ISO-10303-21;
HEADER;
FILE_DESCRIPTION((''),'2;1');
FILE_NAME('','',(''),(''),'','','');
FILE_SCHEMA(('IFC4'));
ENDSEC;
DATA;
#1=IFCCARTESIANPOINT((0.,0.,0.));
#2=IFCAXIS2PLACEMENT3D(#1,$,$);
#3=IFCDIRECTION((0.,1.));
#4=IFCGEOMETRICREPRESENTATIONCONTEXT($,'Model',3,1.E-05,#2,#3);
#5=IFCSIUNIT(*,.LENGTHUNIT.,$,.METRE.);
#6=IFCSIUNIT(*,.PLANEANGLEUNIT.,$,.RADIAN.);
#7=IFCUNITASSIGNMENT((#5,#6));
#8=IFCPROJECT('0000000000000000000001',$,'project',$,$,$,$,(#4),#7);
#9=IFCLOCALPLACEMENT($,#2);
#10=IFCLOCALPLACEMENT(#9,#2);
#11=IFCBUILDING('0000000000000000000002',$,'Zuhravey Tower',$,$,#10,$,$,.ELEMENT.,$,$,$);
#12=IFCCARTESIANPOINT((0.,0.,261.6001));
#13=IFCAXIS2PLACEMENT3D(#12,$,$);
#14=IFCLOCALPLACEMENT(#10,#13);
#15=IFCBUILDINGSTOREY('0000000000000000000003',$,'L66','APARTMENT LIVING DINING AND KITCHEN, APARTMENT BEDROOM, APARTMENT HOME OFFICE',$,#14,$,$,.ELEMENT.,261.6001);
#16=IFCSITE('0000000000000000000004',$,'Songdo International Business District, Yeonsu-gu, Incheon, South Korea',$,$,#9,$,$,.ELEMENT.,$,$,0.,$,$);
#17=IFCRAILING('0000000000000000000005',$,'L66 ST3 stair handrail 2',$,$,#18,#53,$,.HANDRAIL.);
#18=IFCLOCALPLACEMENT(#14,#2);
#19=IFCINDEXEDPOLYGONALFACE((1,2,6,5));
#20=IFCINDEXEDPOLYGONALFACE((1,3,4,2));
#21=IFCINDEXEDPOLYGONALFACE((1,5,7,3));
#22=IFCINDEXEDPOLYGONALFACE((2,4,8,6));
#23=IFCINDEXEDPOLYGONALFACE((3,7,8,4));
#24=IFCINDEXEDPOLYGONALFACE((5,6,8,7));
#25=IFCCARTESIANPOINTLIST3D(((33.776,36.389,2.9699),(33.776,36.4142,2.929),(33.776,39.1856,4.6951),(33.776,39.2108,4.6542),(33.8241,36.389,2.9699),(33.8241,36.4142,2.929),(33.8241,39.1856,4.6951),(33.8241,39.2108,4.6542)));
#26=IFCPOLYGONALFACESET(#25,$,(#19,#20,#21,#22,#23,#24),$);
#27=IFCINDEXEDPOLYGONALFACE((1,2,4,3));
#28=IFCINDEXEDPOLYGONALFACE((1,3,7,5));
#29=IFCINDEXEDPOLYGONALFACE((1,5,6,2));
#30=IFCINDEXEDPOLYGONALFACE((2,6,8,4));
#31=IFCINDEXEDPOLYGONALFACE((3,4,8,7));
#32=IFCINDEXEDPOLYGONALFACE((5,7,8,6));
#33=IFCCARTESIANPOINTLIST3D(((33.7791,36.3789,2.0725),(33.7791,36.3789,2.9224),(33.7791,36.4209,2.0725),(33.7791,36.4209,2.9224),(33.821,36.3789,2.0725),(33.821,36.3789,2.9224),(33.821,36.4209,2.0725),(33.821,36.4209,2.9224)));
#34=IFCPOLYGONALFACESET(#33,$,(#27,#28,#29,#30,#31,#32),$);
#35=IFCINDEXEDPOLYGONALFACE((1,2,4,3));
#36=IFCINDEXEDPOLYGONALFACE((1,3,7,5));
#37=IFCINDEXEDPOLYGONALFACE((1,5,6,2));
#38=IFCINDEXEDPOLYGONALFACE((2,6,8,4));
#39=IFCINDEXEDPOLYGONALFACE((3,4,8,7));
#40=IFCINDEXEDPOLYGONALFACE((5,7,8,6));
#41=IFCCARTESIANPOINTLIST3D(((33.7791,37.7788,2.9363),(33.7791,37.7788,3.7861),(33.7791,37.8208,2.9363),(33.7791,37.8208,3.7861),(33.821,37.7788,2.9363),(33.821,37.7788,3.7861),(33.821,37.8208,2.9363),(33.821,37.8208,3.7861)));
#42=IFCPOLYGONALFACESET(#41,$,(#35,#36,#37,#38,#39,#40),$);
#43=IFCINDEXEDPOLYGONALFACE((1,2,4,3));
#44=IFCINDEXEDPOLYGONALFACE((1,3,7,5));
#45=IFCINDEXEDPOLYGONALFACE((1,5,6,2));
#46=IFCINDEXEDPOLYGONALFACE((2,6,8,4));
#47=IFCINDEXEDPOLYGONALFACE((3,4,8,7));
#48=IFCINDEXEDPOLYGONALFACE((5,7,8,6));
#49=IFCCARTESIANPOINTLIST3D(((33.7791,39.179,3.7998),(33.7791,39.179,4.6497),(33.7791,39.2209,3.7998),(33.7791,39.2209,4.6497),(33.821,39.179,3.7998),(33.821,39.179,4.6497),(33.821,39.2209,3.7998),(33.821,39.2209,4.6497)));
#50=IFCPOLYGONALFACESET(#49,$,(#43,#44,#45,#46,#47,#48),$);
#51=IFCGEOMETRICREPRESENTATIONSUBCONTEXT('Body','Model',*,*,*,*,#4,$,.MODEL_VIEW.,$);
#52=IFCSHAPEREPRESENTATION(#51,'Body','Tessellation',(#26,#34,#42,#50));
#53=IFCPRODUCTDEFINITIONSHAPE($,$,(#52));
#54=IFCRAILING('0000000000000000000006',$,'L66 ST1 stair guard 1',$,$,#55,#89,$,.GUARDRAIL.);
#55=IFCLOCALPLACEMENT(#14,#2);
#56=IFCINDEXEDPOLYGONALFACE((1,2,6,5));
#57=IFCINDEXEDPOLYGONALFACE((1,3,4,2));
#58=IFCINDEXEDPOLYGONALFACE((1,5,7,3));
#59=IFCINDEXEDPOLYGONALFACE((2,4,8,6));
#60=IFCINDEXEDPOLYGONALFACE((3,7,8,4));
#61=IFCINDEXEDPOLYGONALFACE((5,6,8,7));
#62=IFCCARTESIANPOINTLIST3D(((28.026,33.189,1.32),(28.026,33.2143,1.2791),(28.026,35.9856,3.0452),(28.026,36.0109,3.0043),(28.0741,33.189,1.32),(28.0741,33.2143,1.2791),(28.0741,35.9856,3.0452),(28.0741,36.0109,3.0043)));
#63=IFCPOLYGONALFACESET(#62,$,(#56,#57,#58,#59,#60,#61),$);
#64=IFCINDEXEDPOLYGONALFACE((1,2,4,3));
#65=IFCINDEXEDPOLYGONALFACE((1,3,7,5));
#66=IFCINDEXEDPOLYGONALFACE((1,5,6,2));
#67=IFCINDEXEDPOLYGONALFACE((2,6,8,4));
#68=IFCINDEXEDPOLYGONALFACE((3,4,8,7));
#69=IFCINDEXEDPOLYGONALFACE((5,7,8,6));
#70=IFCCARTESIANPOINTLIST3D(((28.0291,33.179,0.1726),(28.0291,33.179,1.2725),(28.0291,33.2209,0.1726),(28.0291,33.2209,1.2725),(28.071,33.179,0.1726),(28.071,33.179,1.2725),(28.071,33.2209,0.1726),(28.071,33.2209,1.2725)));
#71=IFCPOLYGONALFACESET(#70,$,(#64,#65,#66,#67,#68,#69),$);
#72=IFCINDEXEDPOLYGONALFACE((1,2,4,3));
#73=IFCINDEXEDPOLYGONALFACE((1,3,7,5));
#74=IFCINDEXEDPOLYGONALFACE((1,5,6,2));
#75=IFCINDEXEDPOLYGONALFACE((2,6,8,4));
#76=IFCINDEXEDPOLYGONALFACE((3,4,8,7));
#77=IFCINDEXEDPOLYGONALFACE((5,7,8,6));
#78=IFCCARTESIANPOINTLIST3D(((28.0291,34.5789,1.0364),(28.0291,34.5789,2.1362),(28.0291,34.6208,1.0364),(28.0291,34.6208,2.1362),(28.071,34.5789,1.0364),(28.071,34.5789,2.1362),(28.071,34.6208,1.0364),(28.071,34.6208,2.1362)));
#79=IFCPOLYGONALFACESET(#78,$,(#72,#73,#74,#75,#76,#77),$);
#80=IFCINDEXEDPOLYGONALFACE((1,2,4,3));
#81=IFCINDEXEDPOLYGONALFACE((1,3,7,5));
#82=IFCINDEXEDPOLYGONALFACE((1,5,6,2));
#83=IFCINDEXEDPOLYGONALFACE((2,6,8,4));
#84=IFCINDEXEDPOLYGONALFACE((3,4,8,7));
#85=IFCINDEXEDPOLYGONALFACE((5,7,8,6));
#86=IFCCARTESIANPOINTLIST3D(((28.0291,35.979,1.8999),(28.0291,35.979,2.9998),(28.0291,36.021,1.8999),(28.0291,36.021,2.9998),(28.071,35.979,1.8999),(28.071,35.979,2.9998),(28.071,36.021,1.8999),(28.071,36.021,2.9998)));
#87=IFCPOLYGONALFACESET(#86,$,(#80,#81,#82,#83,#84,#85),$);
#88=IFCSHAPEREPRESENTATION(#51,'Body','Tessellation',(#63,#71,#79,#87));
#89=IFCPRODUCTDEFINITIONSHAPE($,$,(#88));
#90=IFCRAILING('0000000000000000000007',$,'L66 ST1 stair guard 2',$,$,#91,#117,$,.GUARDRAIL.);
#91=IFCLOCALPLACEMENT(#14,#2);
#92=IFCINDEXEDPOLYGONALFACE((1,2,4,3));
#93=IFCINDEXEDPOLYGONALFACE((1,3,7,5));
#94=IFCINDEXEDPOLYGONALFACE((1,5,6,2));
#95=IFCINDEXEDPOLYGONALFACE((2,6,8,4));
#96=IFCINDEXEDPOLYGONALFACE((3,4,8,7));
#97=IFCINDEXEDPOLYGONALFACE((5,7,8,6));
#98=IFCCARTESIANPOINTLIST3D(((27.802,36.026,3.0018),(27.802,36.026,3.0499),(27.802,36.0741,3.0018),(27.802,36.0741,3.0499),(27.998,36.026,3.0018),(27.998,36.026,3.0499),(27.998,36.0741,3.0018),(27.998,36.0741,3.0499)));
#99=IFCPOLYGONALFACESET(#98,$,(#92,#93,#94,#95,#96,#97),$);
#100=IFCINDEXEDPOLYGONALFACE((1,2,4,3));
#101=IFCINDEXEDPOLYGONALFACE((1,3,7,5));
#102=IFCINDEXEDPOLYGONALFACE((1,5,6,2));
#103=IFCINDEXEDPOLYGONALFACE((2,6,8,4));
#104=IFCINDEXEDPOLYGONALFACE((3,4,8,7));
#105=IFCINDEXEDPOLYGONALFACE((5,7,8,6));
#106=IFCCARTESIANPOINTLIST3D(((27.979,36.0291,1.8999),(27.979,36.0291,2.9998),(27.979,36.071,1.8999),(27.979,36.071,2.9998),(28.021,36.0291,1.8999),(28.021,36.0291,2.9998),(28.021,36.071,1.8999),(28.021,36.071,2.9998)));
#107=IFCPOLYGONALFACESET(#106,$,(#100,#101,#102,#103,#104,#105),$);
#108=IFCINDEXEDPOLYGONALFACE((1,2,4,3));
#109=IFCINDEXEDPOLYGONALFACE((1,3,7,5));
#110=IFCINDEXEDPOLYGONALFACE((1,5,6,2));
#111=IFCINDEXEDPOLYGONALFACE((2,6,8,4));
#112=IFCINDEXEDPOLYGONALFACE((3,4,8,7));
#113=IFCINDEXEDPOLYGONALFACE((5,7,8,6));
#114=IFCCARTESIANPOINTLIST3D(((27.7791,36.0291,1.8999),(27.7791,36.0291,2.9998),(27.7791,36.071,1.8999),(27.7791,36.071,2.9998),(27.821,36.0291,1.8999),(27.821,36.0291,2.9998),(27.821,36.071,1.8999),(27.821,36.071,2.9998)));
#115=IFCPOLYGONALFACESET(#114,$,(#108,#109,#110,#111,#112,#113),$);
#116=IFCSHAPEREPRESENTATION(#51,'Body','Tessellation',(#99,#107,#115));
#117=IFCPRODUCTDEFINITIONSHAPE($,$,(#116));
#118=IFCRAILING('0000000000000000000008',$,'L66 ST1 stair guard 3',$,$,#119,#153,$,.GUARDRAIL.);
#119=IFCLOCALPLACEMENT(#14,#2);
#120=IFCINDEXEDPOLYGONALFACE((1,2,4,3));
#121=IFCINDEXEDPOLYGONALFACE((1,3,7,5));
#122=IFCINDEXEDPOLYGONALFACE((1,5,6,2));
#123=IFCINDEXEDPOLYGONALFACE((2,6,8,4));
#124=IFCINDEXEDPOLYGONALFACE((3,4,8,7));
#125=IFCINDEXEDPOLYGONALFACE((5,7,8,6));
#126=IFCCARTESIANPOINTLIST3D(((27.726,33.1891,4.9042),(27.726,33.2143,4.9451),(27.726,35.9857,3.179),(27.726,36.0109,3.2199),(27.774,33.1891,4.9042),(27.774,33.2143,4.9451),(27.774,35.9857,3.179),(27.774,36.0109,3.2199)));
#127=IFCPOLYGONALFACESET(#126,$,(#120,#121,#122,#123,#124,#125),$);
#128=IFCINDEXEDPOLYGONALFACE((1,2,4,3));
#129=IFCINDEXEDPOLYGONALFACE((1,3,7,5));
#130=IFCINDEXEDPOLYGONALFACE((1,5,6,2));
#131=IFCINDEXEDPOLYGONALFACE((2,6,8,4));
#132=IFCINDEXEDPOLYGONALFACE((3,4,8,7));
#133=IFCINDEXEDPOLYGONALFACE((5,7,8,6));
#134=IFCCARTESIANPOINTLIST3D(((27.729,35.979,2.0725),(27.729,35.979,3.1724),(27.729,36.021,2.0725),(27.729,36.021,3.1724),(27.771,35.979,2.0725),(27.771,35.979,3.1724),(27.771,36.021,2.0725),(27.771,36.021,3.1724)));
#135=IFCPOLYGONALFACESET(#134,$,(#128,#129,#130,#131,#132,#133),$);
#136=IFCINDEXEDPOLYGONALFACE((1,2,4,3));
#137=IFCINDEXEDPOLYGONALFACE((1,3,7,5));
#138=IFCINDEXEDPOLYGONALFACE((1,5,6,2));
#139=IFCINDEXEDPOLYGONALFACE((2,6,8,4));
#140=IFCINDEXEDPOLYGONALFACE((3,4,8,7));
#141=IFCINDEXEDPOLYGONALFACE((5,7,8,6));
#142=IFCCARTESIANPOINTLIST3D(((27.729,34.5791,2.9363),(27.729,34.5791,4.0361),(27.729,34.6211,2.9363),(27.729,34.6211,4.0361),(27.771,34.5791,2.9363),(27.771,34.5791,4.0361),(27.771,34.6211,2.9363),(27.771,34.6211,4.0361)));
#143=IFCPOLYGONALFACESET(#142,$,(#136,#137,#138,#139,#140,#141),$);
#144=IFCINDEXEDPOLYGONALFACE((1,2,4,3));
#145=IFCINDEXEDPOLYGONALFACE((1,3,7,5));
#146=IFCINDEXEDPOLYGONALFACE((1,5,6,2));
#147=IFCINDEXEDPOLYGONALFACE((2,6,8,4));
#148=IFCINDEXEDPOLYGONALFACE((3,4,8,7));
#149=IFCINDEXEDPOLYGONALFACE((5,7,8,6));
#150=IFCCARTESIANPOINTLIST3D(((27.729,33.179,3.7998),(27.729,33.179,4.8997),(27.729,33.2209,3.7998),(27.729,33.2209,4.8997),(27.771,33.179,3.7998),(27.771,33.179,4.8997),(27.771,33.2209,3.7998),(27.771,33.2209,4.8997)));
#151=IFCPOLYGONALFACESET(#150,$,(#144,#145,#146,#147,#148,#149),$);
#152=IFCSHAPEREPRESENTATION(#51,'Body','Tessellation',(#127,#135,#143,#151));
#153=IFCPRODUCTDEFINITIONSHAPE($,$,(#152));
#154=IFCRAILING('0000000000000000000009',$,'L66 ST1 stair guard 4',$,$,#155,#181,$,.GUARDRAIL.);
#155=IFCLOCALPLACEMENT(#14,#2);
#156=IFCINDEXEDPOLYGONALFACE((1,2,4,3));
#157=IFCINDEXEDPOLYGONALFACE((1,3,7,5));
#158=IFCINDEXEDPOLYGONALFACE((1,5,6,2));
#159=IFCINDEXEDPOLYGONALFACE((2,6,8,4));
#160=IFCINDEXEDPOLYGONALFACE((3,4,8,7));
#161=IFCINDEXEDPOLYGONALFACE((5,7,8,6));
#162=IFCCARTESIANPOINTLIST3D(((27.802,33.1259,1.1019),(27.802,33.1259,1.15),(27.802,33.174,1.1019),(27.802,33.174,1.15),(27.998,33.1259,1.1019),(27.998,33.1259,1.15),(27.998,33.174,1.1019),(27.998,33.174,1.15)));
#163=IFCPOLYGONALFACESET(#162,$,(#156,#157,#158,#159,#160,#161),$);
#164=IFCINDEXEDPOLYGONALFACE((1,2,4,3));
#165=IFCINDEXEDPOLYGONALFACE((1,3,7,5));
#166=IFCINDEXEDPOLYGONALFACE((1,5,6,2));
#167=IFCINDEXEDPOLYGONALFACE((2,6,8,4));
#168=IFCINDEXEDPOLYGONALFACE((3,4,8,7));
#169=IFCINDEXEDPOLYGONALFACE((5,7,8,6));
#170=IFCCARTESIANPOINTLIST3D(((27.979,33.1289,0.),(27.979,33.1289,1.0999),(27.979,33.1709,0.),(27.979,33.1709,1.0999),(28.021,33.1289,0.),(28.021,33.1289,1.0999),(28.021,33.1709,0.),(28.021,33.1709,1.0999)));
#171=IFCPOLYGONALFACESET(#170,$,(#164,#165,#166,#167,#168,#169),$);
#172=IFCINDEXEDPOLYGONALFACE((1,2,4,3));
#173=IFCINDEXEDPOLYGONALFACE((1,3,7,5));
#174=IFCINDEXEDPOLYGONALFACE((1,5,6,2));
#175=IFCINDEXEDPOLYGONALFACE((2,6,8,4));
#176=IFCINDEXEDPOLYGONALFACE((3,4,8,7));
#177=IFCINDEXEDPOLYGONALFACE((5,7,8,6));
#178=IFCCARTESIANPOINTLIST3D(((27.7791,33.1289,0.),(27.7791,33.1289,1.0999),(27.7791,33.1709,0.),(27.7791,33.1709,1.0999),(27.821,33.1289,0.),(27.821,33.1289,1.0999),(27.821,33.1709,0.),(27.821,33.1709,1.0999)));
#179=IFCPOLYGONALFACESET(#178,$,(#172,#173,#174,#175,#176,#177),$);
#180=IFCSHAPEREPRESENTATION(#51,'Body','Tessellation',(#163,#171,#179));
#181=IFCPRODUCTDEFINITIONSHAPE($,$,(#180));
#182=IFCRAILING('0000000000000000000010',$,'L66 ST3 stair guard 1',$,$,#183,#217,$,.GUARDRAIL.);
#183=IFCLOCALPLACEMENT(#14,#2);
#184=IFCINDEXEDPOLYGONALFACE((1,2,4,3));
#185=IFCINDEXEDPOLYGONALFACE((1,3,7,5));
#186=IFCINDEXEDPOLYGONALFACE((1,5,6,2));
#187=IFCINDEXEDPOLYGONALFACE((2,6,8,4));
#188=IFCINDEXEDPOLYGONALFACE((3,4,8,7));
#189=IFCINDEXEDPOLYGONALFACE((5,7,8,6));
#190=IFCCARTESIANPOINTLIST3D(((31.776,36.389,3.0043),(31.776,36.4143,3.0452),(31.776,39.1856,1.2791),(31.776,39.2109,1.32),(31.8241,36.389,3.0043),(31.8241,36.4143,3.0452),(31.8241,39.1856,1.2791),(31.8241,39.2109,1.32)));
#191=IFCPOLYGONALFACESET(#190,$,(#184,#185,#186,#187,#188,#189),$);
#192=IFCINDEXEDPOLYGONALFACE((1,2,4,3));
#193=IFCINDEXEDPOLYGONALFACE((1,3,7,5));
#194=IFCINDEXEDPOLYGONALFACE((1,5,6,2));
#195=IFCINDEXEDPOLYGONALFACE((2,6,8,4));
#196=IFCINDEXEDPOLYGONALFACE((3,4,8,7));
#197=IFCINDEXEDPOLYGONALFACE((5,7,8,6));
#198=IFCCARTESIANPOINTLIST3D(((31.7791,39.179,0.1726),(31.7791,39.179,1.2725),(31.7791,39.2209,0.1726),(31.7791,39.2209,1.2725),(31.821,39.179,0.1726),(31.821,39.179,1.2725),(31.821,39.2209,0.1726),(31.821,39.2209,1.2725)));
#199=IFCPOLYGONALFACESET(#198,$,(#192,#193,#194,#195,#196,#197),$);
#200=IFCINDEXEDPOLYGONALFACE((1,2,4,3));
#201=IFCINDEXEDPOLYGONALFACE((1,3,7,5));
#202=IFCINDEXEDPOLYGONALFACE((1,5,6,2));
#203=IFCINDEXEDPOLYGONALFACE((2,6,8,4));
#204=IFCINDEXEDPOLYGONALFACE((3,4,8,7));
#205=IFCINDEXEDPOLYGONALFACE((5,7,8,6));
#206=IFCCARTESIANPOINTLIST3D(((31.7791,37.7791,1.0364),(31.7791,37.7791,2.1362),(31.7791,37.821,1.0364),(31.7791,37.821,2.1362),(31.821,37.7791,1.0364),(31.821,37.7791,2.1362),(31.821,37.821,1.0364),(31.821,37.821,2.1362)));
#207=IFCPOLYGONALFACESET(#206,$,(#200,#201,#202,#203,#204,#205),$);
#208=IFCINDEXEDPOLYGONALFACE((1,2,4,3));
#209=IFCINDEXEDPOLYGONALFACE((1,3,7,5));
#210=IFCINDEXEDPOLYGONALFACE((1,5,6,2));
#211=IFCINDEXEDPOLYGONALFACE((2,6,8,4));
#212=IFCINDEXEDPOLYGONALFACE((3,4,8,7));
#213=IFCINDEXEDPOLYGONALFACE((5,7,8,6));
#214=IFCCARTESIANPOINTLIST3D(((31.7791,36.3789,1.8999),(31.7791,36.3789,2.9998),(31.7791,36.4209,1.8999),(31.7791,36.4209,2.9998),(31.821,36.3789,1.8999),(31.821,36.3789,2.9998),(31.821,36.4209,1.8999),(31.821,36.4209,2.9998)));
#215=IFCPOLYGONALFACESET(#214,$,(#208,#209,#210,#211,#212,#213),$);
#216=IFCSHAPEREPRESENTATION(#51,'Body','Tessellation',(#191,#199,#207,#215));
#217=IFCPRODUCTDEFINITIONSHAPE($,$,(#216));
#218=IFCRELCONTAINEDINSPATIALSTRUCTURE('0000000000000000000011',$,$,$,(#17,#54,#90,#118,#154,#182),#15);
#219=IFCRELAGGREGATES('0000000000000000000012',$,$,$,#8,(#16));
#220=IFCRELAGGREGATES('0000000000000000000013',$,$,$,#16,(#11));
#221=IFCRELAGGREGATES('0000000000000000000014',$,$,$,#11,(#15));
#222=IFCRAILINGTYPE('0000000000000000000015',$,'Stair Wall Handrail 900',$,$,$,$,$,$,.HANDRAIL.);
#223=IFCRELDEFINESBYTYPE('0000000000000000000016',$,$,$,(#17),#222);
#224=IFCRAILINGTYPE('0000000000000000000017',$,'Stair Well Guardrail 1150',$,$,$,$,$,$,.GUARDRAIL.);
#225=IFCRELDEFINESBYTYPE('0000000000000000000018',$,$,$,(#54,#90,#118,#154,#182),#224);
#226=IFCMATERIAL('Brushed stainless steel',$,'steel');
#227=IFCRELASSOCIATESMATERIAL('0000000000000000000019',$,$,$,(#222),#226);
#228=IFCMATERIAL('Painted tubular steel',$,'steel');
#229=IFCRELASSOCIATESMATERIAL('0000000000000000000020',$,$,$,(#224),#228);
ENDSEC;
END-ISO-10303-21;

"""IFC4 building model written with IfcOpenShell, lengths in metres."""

from ifc_helpers import new_model, si_unit, direction, frame, origin, origin_2d, place, context, subcontext, project, spatial, rectangle, extrude, material, type_object, element, save


model = new_model("IFC4")

# Units and contexts
model_context = context("Model", 3, precision=1e-05, world=origin(), true_north=direction((0.0, 1.0)))
body_context = subcontext(model_context, "Body", "Model", "MODEL_VIEW")
ifc_project = project(units=[si_unit("LENGTHUNIT", "METRE"), si_unit("PLANEANGLEUNIT", "RADIAN")], contexts=[model_context])

# Site, building, storey
site_placement = place(None, origin())
site = spatial("IfcSite", under=ifc_project, at=site_placement, Name="Songdo International Business District, Yeonsu-gu, Incheon, South Korea", CompositionType="ELEMENT", RefElevation=0.0)
building_placement = place(site_placement, origin())
building = spatial("IfcBuilding", under=site, at=building_placement, Name="Zuhravey Tower", CompositionType="ELEMENT")
storey_placement = place(building_placement, frame((0.0, 0.0, 261.6001)))
storey = spatial("IfcBuildingStorey", under=building, at=storey_placement, Name="L66", Description="APARTMENT LIVING DINING AND KITCHEN, APARTMENT BEDROOM, APARTMENT HOME OFFICE", CompositionType="ELEMENT", Elevation=261.6001)

# Railings
ifc_material_1 = material(Name="Brushed stainless steel", Category="steel")
railing_type_1 = type_object("IfcRailingType", Name="Stair Wall Handrail 900", PredefinedType="HANDRAIL", material=ifc_material_1)
railing_1_placement = place(storey_placement, frame((33.8, 36.3999, 2.0725)))
element("IfcRailing", 1, at=railing_1_placement, inside=storey, type_object=railing_type_1, Name="L66 ST3 stair handrail 2", PredefinedType="HANDRAIL", context=body_context, shape_type="SweptSolid", body=[
    extrude(rectangle(XDim=0.0481, YDim=0.0481, at=origin_2d()), frame((0.0, 0.0017, 0.877), z_axis=(0.0, 0.85109, 0.52502), x_axis=(-1.0, 0.0, 0.0)), (0.0, 0.0, 1.0), 3.2859),
    extrude(rectangle(XDim=0.042, YDim=0.042, at=origin_2d()), origin(), (0.0, 0.0, 1.0), 0.8499),
    extrude(rectangle(XDim=0.042, YDim=0.042, at=origin_2d()), frame((0.0, 1.3999, 0.8638)), (0.0, 0.0, 1.0), 0.8499),
    extrude(rectangle(XDim=0.042, YDim=0.042, at=origin_2d()), frame((0.0, 2.8, 1.7273)), (0.0, 0.0, 1.0), 0.8499),
])
ifc_material_2 = material(Name="Painted tubular steel", Category="steel")
railing_type_2 = type_object("IfcRailingType", Name="Stair Well Guardrail 1150", PredefinedType="GUARDRAIL", material=ifc_material_2)
railing_2_placement = place(storey_placement, frame((28.05, 33.2, 0.1726)))
element("IfcRailing", 2, at=railing_2_placement, inside=storey, type_object=railing_type_2, Name="L66 ST1 stair guard 1", PredefinedType="GUARDRAIL", context=body_context, shape_type="SweptSolid", body=[
    extrude(rectangle(XDim=0.0481, YDim=0.0481, at=origin_2d()), frame((0.0, 0.0017, 1.127), z_axis=(0.0, 0.85109, 0.52502), x_axis=(-1.0, 0.0, 0.0)), (0.0, 0.0, 1.0), 3.2859),
    extrude(rectangle(XDim=0.042, YDim=0.042, at=origin_2d()), origin(), (0.0, 0.0, 1.0), 1.0999),
    extrude(rectangle(XDim=0.042, YDim=0.042, at=origin_2d()), frame((0.0, 1.3999, 0.8638)), (0.0, 0.0, 1.0), 1.0999),
    extrude(rectangle(XDim=0.042, YDim=0.042, at=origin_2d()), frame((0.0, 2.8, 1.7273)), (0.0, 0.0, 1.0), 1.0999),
])
railing_3_placement = place(storey_placement, frame((28.0, 36.05, 1.8999)))
element("IfcRailing", 3, at=railing_3_placement, inside=storey, type_object=railing_type_2, Name="L66 ST1 stair guard 2", PredefinedType="GUARDRAIL", context=body_context, shape_type="SweptSolid", body=[
    extrude(rectangle(XDim=0.0481, YDim=0.0481, at=origin_2d()), frame((-0.002, 0.0, 1.126), z_axis=(-1.0, 0.0, 0.0), x_axis=(0.0, -1.0, 0.0)), (0.0, 0.0, 1.0), 0.196),
    extrude(rectangle(XDim=0.042, YDim=0.042, at=origin_2d()), origin(), (0.0, 0.0, 1.0), 1.0999),
    extrude(rectangle(XDim=0.042, YDim=0.042, at=origin_2d()), frame((-0.2, 0.0, 0.0)), (0.0, 0.0, 1.0), 1.0999),
])
railing_4_placement = place(storey_placement, frame((27.75, 36.0, 2.0725)))
element("IfcRailing", 4, at=railing_4_placement, inside=storey, type_object=railing_type_2, Name="L66 ST1 stair guard 3", PredefinedType="GUARDRAIL", context=body_context, shape_type="SweptSolid", body=[
    extrude(rectangle(XDim=0.0481, YDim=0.0481, at=origin_2d()), frame((0.0, -0.0017, 1.127), z_axis=(0.0, -0.85109, 0.52502), x_axis=(1.0, 0.0, 0.0)), (0.0, 0.0, 1.0), 3.2859),
    extrude(rectangle(XDim=0.042, YDim=0.042, at=origin_2d()), origin(), (0.0, 0.0, 1.0), 1.0999),
    extrude(rectangle(XDim=0.042, YDim=0.042, at=origin_2d()), frame((0.0, -1.3999, 0.8638)), (0.0, 0.0, 1.0), 1.0999),
    extrude(rectangle(XDim=0.042, YDim=0.042, at=origin_2d()), frame((0.0, -2.8, 1.7273)), (0.0, 0.0, 1.0), 1.0999),
])
railing_5_placement = place(storey_placement, frame((28.0, 33.1499, 0.0)))
element("IfcRailing", 5, at=railing_5_placement, inside=storey, type_object=railing_type_2, Name="L66 ST1 stair guard 4", PredefinedType="GUARDRAIL", context=body_context, shape_type="SweptSolid", body=[
    extrude(rectangle(XDim=0.0481, YDim=0.0481, at=origin_2d()), frame((-0.002, 0.0, 1.126), z_axis=(-1.0, 0.0, 0.0), x_axis=(0.0, -1.0, 0.0)), (0.0, 0.0, 1.0), 0.196),
    extrude(rectangle(XDim=0.042, YDim=0.042, at=origin_2d()), origin(), (0.0, 0.0, 1.0), 1.0999),
    extrude(rectangle(XDim=0.042, YDim=0.042, at=origin_2d()), frame((-0.2, 0.0, 0.0)), (0.0, 0.0, 1.0), 1.0999),
])
railing_6_placement = place(storey_placement, frame((31.8, 39.2, 0.1726)))
element("IfcRailing", 6, at=railing_6_placement, inside=storey, type_object=railing_type_2, Name="L66 ST3 stair guard 1", PredefinedType="GUARDRAIL", context=body_context, shape_type="SweptSolid", body=[
    extrude(rectangle(XDim=0.0481, YDim=0.0481, at=origin_2d()), frame((0.0, -0.0017, 1.127), z_axis=(0.0, -0.85109, 0.52502), x_axis=(1.0, 0.0, 0.0)), (0.0, 0.0, 1.0), 3.2859),
    extrude(rectangle(XDim=0.042, YDim=0.042, at=origin_2d()), origin(), (0.0, 0.0, 1.0), 1.0999),
    extrude(rectangle(XDim=0.042, YDim=0.042, at=origin_2d()), frame((0.0, -1.3999, 0.8638)), (0.0, 0.0, 1.0), 1.0999),
    extrude(rectangle(XDim=0.042, YDim=0.042, at=origin_2d()), frame((0.0, -2.8, 1.7273)), (0.0, 0.0, 1.0), 1.0999),
])

save(model, "model.ifc")
